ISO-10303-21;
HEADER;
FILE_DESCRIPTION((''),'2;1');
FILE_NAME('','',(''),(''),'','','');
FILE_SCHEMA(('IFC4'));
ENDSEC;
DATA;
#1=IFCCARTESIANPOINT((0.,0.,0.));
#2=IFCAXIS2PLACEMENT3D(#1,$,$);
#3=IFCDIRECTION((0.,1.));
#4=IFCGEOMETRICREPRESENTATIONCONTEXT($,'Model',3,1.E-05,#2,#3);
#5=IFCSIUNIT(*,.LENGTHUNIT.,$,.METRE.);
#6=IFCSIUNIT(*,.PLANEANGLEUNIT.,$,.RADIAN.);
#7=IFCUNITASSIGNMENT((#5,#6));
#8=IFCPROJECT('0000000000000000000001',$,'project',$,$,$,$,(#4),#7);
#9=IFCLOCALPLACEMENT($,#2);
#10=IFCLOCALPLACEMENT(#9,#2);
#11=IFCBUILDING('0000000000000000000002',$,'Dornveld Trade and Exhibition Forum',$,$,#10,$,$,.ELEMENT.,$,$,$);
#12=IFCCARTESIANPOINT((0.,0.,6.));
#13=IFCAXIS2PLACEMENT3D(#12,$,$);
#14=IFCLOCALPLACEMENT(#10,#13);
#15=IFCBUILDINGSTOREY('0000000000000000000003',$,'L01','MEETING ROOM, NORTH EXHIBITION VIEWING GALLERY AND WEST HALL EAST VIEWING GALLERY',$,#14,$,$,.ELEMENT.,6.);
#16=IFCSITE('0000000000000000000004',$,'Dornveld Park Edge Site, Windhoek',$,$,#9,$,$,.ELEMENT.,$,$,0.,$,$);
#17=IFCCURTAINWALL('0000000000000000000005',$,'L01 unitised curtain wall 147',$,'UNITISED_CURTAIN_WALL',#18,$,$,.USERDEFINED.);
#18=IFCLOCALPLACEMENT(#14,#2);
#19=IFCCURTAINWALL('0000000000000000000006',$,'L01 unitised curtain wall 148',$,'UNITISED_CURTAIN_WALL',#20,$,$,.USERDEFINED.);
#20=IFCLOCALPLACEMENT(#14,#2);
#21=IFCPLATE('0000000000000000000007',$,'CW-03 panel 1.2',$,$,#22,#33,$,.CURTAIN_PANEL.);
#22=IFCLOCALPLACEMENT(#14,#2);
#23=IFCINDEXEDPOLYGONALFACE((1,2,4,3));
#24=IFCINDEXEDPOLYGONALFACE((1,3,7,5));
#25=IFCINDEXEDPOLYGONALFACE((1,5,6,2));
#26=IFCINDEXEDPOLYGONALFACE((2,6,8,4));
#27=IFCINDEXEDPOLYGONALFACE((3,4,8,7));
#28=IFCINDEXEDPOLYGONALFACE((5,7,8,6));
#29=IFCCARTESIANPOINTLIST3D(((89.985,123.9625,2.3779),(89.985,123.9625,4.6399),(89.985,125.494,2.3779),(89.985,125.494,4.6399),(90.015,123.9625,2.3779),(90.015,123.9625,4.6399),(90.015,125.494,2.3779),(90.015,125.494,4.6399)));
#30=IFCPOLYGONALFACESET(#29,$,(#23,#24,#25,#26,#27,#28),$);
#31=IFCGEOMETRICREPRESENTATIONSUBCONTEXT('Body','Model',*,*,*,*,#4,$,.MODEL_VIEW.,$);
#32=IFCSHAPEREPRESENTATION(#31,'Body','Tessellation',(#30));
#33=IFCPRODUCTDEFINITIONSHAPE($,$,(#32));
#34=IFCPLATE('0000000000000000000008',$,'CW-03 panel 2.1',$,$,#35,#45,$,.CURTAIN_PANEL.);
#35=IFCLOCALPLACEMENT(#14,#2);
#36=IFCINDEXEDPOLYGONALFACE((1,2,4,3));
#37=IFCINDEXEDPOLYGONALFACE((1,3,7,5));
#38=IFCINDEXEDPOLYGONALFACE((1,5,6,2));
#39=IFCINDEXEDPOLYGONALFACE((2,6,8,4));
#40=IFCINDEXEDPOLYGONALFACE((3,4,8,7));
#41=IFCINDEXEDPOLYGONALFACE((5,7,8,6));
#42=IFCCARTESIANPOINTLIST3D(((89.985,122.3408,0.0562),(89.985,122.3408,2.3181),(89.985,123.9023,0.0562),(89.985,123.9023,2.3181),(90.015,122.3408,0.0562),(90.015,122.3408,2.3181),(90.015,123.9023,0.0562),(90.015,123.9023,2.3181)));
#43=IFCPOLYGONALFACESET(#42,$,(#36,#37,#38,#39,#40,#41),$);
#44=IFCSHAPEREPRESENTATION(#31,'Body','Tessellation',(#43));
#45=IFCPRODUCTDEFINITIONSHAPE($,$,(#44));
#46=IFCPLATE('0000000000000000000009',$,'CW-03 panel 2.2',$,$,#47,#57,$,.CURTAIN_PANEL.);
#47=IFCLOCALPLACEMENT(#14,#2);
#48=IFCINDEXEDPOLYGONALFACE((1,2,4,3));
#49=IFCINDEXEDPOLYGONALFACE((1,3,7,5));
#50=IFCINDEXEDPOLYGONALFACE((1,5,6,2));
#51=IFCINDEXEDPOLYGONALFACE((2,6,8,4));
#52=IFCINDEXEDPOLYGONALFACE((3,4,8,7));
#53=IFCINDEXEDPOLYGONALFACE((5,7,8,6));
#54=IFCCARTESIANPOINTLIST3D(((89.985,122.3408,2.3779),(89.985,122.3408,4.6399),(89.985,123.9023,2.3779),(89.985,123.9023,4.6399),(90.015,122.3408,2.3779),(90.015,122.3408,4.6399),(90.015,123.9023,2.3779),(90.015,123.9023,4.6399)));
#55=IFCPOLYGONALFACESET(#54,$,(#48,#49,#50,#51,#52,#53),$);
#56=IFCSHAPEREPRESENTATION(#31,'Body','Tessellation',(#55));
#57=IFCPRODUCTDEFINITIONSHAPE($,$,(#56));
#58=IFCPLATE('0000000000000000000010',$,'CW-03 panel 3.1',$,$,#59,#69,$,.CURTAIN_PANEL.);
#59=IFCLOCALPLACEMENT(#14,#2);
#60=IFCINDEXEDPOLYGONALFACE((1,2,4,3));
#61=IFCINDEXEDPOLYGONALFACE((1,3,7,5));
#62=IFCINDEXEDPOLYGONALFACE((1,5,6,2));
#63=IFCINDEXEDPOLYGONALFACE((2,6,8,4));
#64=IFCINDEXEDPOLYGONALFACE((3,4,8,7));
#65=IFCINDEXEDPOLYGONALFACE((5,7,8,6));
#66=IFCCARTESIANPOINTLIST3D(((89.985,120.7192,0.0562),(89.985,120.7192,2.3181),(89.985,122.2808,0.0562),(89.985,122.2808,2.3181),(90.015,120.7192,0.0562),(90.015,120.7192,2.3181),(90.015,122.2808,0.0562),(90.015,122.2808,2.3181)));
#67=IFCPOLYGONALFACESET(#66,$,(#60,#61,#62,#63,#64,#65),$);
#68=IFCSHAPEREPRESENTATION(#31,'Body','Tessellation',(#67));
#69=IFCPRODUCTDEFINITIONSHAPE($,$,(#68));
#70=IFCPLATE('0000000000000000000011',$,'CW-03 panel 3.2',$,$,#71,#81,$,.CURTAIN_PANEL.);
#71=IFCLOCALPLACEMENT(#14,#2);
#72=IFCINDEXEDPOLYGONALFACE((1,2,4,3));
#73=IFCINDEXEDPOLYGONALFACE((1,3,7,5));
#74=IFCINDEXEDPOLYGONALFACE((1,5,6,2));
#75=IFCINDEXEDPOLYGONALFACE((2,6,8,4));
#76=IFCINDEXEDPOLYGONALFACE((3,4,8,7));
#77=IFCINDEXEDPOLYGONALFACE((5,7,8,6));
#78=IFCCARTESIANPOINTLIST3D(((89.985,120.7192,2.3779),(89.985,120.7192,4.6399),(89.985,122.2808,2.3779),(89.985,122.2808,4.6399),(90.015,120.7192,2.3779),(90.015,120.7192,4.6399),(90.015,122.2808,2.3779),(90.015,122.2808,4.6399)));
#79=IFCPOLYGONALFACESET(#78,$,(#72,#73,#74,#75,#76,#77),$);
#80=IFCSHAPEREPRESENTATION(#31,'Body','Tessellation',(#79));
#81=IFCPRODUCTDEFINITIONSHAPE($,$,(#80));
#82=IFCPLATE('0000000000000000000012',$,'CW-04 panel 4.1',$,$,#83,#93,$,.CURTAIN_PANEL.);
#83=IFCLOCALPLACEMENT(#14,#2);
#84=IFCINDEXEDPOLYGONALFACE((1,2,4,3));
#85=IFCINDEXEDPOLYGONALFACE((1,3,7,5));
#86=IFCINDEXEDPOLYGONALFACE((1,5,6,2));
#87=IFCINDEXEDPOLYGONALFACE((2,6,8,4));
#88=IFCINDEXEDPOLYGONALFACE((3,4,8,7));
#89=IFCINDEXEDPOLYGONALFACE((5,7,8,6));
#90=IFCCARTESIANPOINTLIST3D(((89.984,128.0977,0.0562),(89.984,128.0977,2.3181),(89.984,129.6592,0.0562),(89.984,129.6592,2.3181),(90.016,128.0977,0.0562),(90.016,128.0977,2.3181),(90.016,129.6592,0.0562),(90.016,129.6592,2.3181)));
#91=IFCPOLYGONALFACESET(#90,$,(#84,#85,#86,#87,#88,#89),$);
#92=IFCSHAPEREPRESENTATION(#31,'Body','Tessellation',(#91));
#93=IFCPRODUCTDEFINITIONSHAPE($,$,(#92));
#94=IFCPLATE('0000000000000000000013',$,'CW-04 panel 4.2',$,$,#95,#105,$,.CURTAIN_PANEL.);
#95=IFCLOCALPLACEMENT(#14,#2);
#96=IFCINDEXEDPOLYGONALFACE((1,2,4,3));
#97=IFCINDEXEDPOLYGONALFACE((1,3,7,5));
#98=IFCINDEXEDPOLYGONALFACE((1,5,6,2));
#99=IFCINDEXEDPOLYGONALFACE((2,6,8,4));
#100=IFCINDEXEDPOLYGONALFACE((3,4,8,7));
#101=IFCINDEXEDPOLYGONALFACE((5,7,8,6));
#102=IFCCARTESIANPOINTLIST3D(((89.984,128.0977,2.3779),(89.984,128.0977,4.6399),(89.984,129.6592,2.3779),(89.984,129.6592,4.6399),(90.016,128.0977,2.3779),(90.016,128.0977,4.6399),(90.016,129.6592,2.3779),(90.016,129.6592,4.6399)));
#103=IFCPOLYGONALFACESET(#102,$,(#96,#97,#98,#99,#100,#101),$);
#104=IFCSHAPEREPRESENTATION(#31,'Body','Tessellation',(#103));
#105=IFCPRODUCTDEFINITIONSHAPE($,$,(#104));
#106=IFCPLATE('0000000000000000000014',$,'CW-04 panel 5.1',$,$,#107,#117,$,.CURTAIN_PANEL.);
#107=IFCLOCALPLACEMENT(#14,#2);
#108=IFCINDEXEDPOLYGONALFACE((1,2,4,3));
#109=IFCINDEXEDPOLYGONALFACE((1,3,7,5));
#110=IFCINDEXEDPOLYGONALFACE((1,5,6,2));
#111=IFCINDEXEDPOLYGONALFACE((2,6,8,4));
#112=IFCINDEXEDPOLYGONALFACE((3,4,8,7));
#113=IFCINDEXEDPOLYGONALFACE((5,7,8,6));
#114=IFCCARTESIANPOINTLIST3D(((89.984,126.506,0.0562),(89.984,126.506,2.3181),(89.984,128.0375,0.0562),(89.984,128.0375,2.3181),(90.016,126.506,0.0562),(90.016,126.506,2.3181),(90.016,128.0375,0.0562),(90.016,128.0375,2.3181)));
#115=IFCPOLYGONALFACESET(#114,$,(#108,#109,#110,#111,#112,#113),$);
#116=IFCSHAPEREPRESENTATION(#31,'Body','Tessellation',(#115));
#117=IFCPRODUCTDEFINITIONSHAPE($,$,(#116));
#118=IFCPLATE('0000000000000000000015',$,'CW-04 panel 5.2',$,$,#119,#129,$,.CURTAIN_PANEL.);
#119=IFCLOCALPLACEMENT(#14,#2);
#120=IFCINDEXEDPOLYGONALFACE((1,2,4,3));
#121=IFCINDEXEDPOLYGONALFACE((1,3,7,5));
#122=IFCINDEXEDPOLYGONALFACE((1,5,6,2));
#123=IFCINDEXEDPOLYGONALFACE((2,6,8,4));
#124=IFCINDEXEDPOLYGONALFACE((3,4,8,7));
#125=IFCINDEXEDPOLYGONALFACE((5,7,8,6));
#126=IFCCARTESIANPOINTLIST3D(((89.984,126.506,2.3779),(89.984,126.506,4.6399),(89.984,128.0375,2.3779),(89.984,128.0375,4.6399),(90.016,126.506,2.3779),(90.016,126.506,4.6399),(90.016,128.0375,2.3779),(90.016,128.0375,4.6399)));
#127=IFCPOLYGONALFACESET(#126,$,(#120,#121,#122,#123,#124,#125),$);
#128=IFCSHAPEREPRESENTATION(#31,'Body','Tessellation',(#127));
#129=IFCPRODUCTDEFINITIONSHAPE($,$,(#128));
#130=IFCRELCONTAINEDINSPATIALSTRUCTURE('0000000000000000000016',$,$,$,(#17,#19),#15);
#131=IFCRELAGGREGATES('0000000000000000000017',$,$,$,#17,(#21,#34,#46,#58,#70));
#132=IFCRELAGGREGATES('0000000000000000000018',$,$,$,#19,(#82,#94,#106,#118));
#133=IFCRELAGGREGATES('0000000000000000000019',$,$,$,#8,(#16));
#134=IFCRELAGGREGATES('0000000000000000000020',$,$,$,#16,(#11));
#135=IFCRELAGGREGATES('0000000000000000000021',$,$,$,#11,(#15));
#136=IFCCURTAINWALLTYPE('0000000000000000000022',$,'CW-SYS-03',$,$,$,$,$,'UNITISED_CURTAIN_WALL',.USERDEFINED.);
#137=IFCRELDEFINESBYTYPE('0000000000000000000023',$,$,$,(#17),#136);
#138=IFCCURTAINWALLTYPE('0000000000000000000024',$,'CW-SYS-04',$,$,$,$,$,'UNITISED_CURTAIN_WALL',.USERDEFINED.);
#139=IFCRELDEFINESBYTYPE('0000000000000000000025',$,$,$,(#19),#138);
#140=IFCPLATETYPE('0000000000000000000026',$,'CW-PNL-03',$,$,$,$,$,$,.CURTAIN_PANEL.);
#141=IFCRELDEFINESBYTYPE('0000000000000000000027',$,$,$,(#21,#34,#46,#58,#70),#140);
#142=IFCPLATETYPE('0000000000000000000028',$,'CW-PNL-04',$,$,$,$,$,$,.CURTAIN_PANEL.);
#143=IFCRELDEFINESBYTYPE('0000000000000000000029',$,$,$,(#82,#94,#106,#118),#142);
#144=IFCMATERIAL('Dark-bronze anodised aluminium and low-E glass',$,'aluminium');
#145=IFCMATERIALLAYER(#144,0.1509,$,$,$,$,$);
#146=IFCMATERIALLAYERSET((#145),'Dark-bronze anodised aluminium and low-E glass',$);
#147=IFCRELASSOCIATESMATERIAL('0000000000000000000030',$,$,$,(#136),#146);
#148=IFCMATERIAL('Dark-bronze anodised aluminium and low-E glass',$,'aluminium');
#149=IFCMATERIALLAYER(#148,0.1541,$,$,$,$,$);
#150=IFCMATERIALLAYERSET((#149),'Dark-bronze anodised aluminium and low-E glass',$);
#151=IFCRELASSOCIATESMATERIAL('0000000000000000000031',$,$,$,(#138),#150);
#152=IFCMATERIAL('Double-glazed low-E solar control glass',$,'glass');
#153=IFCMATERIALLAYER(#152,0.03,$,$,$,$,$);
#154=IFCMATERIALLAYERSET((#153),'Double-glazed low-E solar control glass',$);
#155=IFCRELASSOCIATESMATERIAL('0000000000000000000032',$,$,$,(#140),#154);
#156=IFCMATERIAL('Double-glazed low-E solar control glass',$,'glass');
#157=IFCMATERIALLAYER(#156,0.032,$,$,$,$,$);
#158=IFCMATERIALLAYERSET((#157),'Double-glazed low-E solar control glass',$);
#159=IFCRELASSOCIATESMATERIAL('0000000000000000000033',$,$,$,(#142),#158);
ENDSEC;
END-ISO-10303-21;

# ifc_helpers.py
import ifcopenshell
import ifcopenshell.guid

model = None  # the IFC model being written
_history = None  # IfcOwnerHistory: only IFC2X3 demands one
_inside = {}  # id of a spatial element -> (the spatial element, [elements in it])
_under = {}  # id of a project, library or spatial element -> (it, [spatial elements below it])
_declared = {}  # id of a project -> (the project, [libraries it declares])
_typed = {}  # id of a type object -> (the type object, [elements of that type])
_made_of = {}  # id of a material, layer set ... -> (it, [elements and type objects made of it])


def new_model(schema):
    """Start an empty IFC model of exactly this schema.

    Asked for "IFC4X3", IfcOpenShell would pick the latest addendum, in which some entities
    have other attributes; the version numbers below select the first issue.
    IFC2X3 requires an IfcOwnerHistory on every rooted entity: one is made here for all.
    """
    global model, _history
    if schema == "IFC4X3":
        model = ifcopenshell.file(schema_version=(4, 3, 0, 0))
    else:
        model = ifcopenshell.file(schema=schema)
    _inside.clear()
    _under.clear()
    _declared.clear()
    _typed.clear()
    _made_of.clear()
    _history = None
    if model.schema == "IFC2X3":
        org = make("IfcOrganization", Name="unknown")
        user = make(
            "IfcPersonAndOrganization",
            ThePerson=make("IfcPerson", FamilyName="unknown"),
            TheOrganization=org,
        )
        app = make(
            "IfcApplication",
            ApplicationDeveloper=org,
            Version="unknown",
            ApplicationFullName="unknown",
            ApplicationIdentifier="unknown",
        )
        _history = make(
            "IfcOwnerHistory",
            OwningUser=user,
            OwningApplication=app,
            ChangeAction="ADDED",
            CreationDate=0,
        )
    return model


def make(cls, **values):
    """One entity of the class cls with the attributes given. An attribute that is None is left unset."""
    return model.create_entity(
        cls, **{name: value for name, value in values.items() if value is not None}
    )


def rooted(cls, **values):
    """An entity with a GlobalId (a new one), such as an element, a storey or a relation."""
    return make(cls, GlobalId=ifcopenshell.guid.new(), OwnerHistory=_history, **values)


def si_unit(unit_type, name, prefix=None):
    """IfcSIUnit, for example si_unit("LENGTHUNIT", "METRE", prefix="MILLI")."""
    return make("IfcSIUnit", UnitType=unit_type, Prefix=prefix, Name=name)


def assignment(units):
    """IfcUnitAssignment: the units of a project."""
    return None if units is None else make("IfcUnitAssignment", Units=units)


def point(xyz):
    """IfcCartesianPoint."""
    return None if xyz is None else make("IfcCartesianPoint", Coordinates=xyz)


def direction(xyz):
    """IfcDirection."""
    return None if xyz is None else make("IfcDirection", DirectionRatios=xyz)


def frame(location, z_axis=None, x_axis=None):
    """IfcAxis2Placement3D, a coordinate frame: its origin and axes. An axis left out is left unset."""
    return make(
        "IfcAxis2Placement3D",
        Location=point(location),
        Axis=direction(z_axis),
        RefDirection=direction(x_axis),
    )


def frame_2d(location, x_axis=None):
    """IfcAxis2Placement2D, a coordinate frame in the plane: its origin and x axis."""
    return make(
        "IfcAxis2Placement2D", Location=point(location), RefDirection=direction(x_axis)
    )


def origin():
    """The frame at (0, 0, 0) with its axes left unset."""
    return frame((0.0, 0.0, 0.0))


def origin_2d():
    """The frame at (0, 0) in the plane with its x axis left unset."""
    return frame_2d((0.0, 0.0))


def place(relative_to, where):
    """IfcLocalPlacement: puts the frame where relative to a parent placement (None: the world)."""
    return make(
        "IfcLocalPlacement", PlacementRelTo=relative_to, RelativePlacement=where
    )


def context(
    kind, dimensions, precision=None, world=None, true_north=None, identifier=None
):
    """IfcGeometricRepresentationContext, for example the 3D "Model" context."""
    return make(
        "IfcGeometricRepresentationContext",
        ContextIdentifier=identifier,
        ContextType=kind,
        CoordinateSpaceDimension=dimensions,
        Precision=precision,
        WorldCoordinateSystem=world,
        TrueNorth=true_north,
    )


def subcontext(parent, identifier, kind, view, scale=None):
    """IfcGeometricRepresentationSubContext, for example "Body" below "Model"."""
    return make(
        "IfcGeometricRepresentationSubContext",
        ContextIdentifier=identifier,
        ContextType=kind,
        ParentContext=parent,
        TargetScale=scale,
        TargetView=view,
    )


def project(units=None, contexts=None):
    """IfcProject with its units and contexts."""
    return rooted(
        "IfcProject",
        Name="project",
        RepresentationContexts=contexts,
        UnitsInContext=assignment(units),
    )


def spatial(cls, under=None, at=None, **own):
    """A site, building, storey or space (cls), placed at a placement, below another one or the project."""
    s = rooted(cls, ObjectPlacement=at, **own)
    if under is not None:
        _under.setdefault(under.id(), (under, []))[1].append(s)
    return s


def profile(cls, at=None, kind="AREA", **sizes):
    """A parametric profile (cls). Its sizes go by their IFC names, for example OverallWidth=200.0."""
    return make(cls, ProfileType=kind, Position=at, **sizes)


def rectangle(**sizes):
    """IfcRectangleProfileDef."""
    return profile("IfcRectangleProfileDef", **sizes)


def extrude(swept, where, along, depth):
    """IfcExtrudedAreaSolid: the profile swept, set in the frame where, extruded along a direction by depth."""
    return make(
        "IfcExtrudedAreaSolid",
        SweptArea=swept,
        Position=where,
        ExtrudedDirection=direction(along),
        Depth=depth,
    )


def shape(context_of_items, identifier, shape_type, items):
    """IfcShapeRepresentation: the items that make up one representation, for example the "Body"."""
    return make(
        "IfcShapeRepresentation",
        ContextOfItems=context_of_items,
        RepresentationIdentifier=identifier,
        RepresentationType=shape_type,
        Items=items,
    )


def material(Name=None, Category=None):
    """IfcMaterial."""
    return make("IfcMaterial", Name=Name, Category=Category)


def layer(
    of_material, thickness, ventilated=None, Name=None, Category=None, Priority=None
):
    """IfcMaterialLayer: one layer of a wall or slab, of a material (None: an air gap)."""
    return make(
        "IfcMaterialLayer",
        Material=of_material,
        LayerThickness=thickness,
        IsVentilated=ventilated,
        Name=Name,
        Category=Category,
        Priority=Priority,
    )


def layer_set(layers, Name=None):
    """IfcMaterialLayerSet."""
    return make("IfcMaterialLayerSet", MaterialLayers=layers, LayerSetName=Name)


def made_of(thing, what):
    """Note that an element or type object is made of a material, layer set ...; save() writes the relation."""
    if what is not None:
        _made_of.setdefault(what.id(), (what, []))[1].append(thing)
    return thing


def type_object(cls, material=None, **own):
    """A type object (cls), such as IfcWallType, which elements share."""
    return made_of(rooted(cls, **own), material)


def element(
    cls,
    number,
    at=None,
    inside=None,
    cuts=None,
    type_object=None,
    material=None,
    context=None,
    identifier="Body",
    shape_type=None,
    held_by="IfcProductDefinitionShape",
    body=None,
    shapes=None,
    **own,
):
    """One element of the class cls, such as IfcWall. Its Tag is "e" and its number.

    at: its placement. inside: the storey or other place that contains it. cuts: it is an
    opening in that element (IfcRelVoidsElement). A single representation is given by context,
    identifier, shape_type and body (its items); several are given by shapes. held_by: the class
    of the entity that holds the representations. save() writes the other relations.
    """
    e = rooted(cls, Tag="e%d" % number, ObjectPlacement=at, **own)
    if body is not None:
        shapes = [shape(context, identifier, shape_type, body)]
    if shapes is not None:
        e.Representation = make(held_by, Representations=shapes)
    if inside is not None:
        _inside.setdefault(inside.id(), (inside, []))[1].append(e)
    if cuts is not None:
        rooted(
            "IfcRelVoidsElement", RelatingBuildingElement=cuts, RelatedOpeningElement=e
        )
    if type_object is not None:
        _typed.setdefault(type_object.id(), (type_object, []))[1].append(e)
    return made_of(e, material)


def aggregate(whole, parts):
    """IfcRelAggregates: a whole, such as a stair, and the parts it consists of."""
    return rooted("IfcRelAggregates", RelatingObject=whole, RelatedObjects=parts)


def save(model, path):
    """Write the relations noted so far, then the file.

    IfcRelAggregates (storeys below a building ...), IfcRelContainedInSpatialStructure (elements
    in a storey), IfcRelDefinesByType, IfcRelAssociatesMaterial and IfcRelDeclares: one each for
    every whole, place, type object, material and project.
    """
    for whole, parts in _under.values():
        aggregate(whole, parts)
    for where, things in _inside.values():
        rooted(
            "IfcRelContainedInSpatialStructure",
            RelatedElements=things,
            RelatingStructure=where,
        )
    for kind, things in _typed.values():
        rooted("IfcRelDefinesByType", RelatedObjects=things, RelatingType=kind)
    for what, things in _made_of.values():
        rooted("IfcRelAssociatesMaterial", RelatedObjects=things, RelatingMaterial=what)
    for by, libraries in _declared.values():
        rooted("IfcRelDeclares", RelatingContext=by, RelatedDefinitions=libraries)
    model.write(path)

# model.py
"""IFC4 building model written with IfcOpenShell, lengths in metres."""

from ifc_helpers import new_model, si_unit, direction, frame, origin, origin_2d, place, context, subcontext, project, spatial, rectangle, extrude, material, layer, layer_set, type_object, element, aggregate, save


model = new_model("IFC4")

# Units and contexts
model_context = context("Model", 3, precision=1e-05, world=origin(), true_north=direction((0.0, 1.0)))
body_context = subcontext(model_context, "Body", "Model", "MODEL_VIEW")
ifc_project = project(units=[si_unit("LENGTHUNIT", "METRE"), si_unit("PLANEANGLEUNIT", "RADIAN")], contexts=[model_context])

# Site, building, storey
site_placement = place(None, origin())
site = spatial("IfcSite", under=ifc_project, at=site_placement, Name="Dornveld Park Edge Site, Windhoek", CompositionType="ELEMENT", RefElevation=0.0)
building_placement = place(site_placement, origin())
building = spatial("IfcBuilding", under=site, at=building_placement, Name="Dornveld Trade and Exhibition Forum", CompositionType="ELEMENT")
storey_placement = place(building_placement, frame((0.0, 0.0, 6.0)))
storey = spatial("IfcBuildingStorey", under=building, at=storey_placement, Name="L01", Description="MEETING ROOM, NORTH EXHIBITION VIEWING GALLERY AND WEST HALL EAST VIEWING GALLERY", CompositionType="ELEMENT", Elevation=6.0)

# Curtain walls
ifc_material_1 = material(Name="Dark-bronze anodised aluminium and low-E glass", Category="aluminium")
ifc_layer_1 = layer(ifc_material_1, 0.1509)
ifc_layer_set_1 = layer_set([ifc_layer_1], Name="Dark-bronze anodised aluminium and low-E glass")
curtain_wall_type_1 = type_object("IfcCurtainWallType", Name="CW-SYS-03", ElementType="UNITISED_CURTAIN_WALL", PredefinedType="USERDEFINED", material=ifc_layer_set_1)
curtain_wall_1_placement = place(storey_placement, origin())
curtain_wall_1 = element("IfcCurtainWall", 1, at=curtain_wall_1_placement, inside=storey, type_object=curtain_wall_type_1, Name="L01 unitised curtain wall 147", ObjectType="UNITISED_CURTAIN_WALL", PredefinedType="USERDEFINED")
ifc_material_2 = material(Name="Dark-bronze anodised aluminium and low-E glass", Category="aluminium")
ifc_layer_2 = layer(ifc_material_2, 0.1541)
ifc_layer_set_2 = layer_set([ifc_layer_2], Name="Dark-bronze anodised aluminium and low-E glass")
curtain_wall_type_2 = type_object("IfcCurtainWallType", Name="CW-SYS-04", ElementType="UNITISED_CURTAIN_WALL", PredefinedType="USERDEFINED", material=ifc_layer_set_2)
curtain_wall_2_placement = place(storey_placement, origin())
curtain_wall_2 = element("IfcCurtainWall", 2, at=curtain_wall_2_placement, inside=storey, type_object=curtain_wall_type_2, Name="L01 unitised curtain wall 148", ObjectType="UNITISED_CURTAIN_WALL", PredefinedType="USERDEFINED")

# Plates
ifc_material_3 = material(Name="Double-glazed low-E solar control glass", Category="glass")
ifc_layer_3 = layer(ifc_material_3, 0.03)
ifc_layer_set_3 = layer_set([ifc_layer_3], Name="Double-glazed low-E solar control glass")
plate_type_1 = type_object("IfcPlateType", Name="CW-PNL-03", PredefinedType="CURTAIN_PANEL", material=ifc_layer_set_3)
plate_1_placement = place(storey_placement, frame((90.0, 124.7283, 2.3779), z_axis=(0.0, 0.0, 1.0), x_axis=(0.0, -1.0, 0.0)))
plate_1 = element("IfcPlate", 3, at=plate_1_placement, type_object=plate_type_1, Name="CW-03 panel 1.2", PredefinedType="CURTAIN_PANEL", context=body_context, shape_type="SweptSolid", body=[
    extrude(rectangle(XDim=1.5315, YDim=0.03, at=origin_2d()), origin(), (0.0, 0.0, 1.0), 2.262),
])
plate_2_placement = place(storey_placement, frame((90.0, 123.1216, 0.0562), z_axis=(0.0, 0.0, 1.0), x_axis=(0.0, -1.0, 0.0)))
plate_2 = element("IfcPlate", 4, at=plate_2_placement, type_object=plate_type_1, Name="CW-03 panel 2.1", PredefinedType="CURTAIN_PANEL", context=body_context, shape_type="SweptSolid", body=[
    extrude(rectangle(XDim=1.5615, YDim=0.03, at=origin_2d()), origin(), (0.0, 0.0, 1.0), 2.262),
])
plate_3_placement = place(storey_placement, frame((90.0, 123.1216, 2.3779), z_axis=(0.0, 0.0, 1.0), x_axis=(0.0, -1.0, 0.0)))
plate_3 = element("IfcPlate", 5, at=plate_3_placement, type_object=plate_type_1, Name="CW-03 panel 2.2", PredefinedType="CURTAIN_PANEL", context=body_context, shape_type="SweptSolid", body=[
    extrude(rectangle(XDim=1.5615, YDim=0.03, at=origin_2d()), origin(), (0.0, 0.0, 1.0), 2.262),
])
plate_4_placement = place(storey_placement, frame((90.0, 121.5, 0.0562), z_axis=(0.0, 0.0, 1.0), x_axis=(0.0, -1.0, 0.0)))
plate_4 = element("IfcPlate", 6, at=plate_4_placement, type_object=plate_type_1, Name="CW-03 panel 3.1", PredefinedType="CURTAIN_PANEL", context=body_context, shape_type="SweptSolid", body=[
    extrude(rectangle(XDim=1.5615, YDim=0.03, at=origin_2d()), origin(), (0.0, 0.0, 1.0), 2.262),
])
plate_5_placement = place(storey_placement, frame((90.0, 121.5, 2.3779), z_axis=(0.0, 0.0, 1.0), x_axis=(0.0, -1.0, 0.0)))
plate_5 = element("IfcPlate", 7, at=plate_5_placement, type_object=plate_type_1, Name="CW-03 panel 3.2", PredefinedType="CURTAIN_PANEL", context=body_context, shape_type="SweptSolid", body=[
    extrude(rectangle(XDim=1.5615, YDim=0.03, at=origin_2d()), origin(), (0.0, 0.0, 1.0), 2.262),
])
aggregate(curtain_wall_1, [plate_1, plate_2, plate_3, plate_4, plate_5])
ifc_material_4 = material(Name="Double-glazed low-E solar control glass", Category="glass")
ifc_layer_4 = layer(ifc_material_4, 0.032)
ifc_layer_set_4 = layer_set([ifc_layer_4], Name="Double-glazed low-E solar control glass")
plate_type_2 = type_object("IfcPlateType", Name="CW-PNL-04", PredefinedType="CURTAIN_PANEL", material=ifc_layer_set_4)
plate_6_placement = place(storey_placement, frame((90.0, 128.8784, 0.0562), z_axis=(0.0, 0.0, 1.0), x_axis=(0.0, -1.0, 0.0)))
plate_6 = element("IfcPlate", 8, at=plate_6_placement, type_object=plate_type_2, Name="CW-04 panel 4.1", PredefinedType="CURTAIN_PANEL", context=body_context, shape_type="SweptSolid", body=[
    extrude(rectangle(XDim=1.5615, YDim=0.032, at=origin_2d()), origin(), (0.0, 0.0, 1.0), 2.262),
])
plate_7_placement = place(storey_placement, frame((90.0, 128.8784, 2.3779), z_axis=(0.0, 0.0, 1.0), x_axis=(0.0, -1.0, 0.0)))
plate_7 = element("IfcPlate", 9, at=plate_7_placement, type_object=plate_type_2, Name="CW-04 panel 4.2", PredefinedType="CURTAIN_PANEL", context=body_context, shape_type="SweptSolid", body=[
    extrude(rectangle(XDim=1.5615, YDim=0.032, at=origin_2d()), origin(), (0.0, 0.0, 1.0), 2.262),
])
plate_8_placement = place(storey_placement, frame((90.0, 127.2717, 0.0562), z_axis=(0.0, 0.0, 1.0), x_axis=(0.0, -1.0, 0.0)))
plate_8 = element("IfcPlate", 10, at=plate_8_placement, type_object=plate_type_2, Name="CW-04 panel 5.1", PredefinedType="CURTAIN_PANEL", context=body_context, shape_type="SweptSolid", body=[
    extrude(rectangle(XDim=1.5315, YDim=0.032, at=origin_2d()), origin(), (0.0, 0.0, 1.0), 2.262),
])
plate_9_placement = place(storey_placement, frame((90.0, 127.2717, 2.3779), z_axis=(0.0, 0.0, 1.0), x_axis=(0.0, -1.0, 0.0)))
plate_9 = element("IfcPlate", 11, at=plate_9_placement, type_object=plate_type_2, Name="CW-04 panel 5.2", PredefinedType="CURTAIN_PANEL", context=body_context, shape_type="SweptSolid", body=[
    extrude(rectangle(XDim=1.5315, YDim=0.032, at=origin_2d()), origin(), (0.0, 0.0, 1.0), 2.262),
])
aggregate(curtain_wall_2, [plate_6, plate_7, plate_8, plate_9])

save(model, "model.ifc")
